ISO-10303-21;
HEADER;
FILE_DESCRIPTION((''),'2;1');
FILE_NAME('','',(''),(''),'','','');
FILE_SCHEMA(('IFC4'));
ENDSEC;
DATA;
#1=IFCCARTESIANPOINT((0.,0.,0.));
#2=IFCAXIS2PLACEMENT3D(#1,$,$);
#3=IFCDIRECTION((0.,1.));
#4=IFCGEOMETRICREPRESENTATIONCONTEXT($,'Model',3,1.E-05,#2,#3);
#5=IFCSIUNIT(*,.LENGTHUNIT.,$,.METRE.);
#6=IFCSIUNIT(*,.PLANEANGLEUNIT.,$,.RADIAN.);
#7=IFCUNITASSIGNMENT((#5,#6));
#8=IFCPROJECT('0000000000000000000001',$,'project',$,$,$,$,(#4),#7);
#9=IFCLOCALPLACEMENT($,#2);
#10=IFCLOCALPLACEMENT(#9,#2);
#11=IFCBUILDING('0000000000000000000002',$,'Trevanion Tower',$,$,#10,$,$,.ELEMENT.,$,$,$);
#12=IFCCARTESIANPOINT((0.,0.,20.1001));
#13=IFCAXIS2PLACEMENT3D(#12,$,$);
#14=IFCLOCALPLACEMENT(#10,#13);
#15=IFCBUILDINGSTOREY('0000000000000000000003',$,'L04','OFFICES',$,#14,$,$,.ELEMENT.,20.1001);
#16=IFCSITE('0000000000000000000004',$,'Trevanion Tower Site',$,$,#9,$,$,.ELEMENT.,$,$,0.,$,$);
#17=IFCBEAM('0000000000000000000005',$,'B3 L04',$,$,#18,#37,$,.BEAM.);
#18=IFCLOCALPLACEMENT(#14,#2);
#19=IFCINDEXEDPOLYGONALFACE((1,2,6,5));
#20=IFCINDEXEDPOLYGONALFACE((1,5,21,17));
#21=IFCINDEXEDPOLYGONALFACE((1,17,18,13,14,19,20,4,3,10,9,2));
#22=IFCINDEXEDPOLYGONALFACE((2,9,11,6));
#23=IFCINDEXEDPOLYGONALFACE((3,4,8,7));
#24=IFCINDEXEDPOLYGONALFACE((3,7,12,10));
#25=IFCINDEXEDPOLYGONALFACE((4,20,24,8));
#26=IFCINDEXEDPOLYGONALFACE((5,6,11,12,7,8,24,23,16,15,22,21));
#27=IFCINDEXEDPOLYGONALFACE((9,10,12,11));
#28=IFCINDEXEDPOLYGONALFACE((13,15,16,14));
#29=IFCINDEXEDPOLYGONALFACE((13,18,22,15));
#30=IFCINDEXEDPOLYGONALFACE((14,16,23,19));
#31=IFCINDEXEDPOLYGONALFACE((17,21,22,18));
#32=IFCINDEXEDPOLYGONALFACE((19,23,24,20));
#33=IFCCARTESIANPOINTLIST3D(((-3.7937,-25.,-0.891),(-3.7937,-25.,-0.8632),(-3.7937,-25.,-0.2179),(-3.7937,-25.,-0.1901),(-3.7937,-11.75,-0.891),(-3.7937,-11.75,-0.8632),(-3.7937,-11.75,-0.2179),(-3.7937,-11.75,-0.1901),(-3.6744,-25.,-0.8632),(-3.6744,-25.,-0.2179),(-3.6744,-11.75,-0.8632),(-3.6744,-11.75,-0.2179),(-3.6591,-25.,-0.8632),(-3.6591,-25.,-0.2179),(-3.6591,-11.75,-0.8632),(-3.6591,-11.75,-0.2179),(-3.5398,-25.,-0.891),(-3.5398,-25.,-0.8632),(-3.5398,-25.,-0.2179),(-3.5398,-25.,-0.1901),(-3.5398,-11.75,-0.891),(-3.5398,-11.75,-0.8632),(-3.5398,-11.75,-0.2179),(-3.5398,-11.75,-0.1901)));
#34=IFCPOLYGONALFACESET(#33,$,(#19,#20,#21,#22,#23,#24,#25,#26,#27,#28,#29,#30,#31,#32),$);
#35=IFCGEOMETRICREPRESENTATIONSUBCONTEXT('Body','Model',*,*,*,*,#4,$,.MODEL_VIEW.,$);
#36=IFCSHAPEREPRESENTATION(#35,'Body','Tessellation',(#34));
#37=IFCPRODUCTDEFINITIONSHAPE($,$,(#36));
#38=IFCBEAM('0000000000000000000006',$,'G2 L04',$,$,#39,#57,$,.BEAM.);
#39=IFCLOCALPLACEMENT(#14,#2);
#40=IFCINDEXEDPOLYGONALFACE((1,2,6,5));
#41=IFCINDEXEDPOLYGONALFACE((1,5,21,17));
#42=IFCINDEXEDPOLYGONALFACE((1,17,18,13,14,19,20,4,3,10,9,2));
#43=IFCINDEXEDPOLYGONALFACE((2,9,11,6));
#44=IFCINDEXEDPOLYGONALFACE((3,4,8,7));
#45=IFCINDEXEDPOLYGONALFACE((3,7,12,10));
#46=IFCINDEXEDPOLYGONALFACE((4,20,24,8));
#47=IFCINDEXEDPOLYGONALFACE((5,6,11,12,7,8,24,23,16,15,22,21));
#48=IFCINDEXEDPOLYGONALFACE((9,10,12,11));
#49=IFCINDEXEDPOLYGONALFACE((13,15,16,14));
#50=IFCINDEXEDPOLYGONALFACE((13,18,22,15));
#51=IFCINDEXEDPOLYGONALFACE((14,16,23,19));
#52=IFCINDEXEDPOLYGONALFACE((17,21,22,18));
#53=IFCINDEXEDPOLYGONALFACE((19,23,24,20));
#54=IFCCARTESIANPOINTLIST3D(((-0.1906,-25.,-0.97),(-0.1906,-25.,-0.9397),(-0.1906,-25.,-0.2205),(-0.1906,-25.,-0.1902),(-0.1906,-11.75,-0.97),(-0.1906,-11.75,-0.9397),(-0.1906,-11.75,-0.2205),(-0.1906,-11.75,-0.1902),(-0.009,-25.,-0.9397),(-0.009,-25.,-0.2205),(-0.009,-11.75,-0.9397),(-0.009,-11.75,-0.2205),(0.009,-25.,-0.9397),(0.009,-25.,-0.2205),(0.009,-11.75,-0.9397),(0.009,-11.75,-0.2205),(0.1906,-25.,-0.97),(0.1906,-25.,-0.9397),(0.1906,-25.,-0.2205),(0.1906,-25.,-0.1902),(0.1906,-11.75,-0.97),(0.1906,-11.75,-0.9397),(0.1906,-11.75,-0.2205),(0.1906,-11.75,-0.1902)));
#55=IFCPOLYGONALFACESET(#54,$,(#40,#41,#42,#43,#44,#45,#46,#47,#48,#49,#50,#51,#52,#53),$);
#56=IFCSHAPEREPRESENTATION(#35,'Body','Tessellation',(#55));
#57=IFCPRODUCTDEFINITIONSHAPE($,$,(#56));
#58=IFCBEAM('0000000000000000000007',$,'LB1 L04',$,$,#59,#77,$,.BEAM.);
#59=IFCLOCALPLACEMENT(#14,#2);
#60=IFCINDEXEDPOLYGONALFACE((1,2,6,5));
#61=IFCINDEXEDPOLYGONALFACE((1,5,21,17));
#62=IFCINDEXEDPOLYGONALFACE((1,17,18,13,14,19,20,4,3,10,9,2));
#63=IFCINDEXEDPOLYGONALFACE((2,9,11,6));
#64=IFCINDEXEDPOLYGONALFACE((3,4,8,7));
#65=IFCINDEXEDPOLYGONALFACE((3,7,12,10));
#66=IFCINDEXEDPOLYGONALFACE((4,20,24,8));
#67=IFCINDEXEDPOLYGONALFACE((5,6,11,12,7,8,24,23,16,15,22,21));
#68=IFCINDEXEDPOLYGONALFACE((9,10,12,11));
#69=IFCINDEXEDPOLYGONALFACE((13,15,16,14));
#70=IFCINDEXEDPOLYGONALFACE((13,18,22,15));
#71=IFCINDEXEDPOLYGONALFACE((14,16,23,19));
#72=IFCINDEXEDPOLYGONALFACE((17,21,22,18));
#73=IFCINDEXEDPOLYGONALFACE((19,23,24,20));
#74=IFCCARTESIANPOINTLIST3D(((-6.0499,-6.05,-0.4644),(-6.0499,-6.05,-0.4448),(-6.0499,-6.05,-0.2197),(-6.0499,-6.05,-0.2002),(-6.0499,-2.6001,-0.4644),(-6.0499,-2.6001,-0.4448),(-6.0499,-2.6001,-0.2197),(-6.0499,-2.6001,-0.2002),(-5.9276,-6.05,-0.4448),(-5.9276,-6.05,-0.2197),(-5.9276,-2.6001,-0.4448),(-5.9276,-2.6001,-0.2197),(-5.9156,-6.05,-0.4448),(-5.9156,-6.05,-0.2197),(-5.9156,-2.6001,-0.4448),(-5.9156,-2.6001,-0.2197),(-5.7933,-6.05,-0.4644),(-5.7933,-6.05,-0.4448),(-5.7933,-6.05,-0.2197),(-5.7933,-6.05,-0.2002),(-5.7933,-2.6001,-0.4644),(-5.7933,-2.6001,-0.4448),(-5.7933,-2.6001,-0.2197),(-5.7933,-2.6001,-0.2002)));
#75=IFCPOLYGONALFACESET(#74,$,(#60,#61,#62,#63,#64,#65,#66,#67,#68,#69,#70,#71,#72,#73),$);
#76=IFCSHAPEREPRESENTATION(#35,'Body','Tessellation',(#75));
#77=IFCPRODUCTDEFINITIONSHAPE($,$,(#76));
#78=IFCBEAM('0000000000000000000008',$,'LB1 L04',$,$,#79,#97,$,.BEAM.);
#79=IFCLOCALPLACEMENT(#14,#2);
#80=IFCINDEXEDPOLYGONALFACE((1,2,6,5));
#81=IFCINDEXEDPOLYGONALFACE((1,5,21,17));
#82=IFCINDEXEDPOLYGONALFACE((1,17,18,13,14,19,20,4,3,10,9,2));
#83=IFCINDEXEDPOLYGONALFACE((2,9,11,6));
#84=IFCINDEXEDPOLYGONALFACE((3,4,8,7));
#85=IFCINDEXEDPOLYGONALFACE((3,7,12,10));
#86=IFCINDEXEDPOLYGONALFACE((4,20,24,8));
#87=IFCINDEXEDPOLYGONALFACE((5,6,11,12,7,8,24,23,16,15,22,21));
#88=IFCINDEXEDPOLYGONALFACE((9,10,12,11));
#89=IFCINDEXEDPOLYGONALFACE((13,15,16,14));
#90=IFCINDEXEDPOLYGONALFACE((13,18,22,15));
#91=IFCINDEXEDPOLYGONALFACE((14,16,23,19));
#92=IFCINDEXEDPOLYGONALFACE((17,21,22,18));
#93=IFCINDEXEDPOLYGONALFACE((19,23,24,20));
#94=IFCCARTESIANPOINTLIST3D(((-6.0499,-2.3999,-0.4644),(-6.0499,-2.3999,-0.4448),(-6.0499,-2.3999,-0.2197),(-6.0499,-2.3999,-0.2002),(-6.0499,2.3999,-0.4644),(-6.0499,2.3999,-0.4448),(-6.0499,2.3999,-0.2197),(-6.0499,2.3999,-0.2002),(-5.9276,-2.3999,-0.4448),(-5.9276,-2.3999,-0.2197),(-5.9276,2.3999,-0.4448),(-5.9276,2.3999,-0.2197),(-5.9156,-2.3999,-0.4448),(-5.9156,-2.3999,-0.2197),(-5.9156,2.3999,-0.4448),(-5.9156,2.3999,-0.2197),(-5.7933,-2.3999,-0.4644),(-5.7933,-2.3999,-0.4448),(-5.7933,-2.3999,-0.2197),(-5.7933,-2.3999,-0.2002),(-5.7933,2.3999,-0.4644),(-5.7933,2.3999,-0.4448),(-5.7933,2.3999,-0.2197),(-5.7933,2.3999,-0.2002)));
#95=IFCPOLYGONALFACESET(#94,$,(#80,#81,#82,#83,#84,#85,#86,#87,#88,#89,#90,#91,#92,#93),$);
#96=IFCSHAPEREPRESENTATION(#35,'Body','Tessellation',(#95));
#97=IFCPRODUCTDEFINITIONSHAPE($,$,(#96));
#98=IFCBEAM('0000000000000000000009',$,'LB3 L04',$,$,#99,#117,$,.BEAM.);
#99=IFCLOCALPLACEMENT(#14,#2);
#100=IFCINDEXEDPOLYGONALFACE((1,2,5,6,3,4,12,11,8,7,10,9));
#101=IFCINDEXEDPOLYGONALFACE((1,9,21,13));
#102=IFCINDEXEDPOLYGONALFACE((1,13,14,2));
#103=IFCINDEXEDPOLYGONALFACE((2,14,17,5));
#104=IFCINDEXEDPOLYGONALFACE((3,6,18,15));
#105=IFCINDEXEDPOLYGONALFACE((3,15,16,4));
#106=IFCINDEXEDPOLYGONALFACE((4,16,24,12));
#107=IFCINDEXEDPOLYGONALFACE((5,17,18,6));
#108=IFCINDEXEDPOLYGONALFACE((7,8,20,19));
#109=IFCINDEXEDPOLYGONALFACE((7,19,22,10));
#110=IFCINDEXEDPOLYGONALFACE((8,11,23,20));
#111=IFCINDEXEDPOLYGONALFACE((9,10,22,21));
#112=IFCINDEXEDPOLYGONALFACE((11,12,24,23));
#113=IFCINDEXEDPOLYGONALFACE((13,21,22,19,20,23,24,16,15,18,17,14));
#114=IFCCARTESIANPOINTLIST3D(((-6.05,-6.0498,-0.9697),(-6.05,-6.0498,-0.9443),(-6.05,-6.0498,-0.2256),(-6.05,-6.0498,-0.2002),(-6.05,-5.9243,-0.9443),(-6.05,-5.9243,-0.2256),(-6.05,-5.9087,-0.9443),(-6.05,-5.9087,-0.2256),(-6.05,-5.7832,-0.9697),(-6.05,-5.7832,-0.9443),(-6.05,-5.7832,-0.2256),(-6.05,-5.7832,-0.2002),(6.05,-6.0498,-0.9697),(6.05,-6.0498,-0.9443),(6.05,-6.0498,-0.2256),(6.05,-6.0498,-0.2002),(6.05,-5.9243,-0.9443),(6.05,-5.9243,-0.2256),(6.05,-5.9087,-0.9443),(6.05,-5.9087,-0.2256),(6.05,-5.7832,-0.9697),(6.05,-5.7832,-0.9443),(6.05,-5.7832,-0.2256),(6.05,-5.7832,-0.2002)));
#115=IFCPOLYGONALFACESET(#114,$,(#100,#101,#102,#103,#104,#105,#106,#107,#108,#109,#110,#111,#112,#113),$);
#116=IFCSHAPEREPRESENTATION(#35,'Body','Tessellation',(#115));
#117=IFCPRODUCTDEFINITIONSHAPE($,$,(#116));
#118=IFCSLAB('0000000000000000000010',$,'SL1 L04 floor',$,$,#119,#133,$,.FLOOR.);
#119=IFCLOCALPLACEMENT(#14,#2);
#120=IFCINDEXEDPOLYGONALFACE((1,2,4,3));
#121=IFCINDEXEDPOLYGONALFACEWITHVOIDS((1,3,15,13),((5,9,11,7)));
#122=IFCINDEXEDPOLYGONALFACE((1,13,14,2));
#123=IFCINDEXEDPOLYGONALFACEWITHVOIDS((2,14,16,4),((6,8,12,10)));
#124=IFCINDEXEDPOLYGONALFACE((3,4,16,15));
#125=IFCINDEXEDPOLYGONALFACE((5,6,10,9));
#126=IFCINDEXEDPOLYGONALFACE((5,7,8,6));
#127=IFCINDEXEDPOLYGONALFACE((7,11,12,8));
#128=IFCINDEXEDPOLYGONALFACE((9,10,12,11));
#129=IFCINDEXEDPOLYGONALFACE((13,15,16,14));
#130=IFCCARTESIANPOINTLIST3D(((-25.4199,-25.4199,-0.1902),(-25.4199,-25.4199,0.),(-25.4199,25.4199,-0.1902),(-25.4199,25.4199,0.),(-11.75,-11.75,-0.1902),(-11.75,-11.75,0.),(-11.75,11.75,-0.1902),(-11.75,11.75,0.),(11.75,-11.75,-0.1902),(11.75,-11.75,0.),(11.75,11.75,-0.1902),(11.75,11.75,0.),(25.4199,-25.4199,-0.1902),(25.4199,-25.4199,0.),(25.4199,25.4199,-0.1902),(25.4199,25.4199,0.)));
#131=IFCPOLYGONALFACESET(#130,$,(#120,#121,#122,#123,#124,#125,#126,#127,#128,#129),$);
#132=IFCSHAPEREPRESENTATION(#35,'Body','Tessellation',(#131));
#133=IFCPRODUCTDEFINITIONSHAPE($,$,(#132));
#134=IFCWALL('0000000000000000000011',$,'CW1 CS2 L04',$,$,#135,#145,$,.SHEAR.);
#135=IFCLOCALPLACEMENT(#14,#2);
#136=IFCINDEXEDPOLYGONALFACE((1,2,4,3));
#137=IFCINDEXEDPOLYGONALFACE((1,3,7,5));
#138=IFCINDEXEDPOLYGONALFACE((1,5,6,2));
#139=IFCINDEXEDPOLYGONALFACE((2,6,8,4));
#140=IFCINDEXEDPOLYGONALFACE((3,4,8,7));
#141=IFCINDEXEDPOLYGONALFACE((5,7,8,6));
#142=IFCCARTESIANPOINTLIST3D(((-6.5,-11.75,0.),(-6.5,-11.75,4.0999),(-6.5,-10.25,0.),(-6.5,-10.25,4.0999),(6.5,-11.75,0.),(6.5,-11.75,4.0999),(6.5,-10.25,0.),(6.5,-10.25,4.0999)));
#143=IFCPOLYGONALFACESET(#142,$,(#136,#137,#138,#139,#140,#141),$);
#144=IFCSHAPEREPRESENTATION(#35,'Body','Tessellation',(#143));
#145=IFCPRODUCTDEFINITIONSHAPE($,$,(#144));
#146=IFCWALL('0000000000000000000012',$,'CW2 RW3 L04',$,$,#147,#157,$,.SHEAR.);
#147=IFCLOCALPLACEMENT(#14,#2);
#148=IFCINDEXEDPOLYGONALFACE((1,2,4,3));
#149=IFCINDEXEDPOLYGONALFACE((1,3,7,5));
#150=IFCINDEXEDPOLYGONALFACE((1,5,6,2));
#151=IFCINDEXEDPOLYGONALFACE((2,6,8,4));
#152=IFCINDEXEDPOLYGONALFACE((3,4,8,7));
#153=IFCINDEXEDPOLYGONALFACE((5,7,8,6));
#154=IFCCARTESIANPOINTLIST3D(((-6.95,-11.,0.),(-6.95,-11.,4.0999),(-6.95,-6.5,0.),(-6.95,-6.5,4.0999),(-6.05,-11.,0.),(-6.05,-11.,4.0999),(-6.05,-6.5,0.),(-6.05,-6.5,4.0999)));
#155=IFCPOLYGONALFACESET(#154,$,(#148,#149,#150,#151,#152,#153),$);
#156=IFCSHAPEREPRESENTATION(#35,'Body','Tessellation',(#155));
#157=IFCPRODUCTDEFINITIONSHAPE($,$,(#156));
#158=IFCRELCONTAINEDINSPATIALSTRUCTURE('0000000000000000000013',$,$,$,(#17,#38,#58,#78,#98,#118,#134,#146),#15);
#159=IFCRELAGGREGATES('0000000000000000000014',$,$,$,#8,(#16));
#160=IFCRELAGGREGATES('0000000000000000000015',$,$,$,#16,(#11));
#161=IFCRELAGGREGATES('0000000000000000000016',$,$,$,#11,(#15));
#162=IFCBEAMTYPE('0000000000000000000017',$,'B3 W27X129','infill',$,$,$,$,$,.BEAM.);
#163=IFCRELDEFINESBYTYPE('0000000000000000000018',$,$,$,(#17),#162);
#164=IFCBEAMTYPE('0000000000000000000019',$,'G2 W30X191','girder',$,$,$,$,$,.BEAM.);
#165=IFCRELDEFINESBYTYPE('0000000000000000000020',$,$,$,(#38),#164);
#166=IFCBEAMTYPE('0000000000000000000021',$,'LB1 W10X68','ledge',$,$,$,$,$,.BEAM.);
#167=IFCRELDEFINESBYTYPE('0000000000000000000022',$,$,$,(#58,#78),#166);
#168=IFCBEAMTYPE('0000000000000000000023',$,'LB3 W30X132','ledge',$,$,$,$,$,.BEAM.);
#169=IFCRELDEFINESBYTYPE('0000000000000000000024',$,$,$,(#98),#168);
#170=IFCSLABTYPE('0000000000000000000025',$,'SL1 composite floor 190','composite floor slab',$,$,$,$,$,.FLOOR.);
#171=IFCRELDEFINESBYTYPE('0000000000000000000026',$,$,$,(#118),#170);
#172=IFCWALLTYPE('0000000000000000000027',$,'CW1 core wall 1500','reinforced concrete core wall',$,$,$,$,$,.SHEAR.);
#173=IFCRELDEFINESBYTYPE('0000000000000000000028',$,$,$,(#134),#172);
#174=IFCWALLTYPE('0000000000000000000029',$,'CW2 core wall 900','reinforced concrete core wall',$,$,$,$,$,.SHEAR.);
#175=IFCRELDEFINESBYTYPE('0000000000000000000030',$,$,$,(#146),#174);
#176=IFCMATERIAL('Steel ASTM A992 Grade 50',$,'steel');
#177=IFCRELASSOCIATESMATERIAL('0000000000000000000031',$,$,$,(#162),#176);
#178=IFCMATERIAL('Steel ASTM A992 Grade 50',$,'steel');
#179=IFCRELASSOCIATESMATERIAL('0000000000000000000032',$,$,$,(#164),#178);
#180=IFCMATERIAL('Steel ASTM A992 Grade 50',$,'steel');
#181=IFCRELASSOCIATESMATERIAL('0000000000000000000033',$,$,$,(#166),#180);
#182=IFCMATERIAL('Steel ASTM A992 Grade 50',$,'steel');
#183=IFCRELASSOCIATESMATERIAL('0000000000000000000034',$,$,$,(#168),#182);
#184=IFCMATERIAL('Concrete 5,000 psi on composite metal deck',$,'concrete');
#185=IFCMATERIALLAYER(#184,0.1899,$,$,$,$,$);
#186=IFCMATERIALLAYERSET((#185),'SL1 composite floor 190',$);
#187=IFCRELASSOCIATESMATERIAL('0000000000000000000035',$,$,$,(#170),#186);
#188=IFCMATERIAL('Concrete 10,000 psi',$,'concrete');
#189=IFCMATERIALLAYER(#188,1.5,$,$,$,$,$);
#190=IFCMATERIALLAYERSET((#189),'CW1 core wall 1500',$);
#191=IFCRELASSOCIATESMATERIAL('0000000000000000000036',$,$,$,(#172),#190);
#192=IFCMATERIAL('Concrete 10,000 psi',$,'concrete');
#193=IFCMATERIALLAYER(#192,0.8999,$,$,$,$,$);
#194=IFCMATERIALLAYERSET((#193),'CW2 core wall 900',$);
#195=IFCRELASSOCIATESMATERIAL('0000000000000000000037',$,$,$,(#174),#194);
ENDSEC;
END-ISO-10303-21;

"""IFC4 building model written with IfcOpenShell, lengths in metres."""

from ifc_helpers import new_model, si_unit, direction, frame, frame_2d, origin, origin_2d, place, context, subcontext, project, spatial, polyline, rectangle, i_section, outline, extrude, material, layer, layer_set, material_profile, profile_set, type_object, element, save


model = new_model("IFC4")

# Units and contexts
model_context = context("Model", 3, precision=1e-05, world=origin(), true_north=direction((0.0, 1.0)))
body_context = subcontext(model_context, "Body", "Model", "MODEL_VIEW")
ifc_project = project(units=[si_unit("LENGTHUNIT", "METRE"), si_unit("PLANEANGLEUNIT", "RADIAN")], contexts=[model_context])

# Site, building, storey
site_placement = place(None, origin())
site = spatial("IfcSite", under=ifc_project, at=site_placement, Name="Trevanion Tower Site", CompositionType="ELEMENT", RefElevation=0.0)
building_placement = place(site_placement, origin())
building = spatial("IfcBuilding", under=site, at=building_placement, Name="Trevanion Tower", CompositionType="ELEMENT")
storey_placement = place(building_placement, frame((0.0, 0.0, 20.1001)))
storey = spatial("IfcBuildingStorey", under=building, at=storey_placement, Name="L04", Description="OFFICES", CompositionType="ELEMENT", Elevation=20.1001)

# Beams
ifc_material_1 = material(Name="Steel ASTM A992 Grade 50", Category="steel")
ifc_material_profile_1 = material_profile(ifc_material_1, i_section(OverallWidth=0.2539, OverallDepth=0.7009, WebThickness=0.0154, FlangeThickness=0.0278, at=origin_2d()), Name="W27X129")
ifc_profile_set_1 = profile_set([ifc_material_profile_1], Name="Steel ASTM A992 Grade 50")
beam_type_1 = type_object("IfcBeamType", Name="B3 W27X129", Description="infill", PredefinedType="BEAM", material=ifc_profile_set_1)
beam_1_placement = place(storey_placement, frame((-3.6667, -11.75, -0.5405), z_axis=(0.0, -1.0, 0.0), x_axis=(1.0, 0.0, 0.0)))
element("IfcBeam", 1, at=beam_1_placement, inside=storey, type_object=beam_type_1, Name="B3 L04", PredefinedType="BEAM", context=body_context, shape_type="SweptSolid", body=[
    extrude(i_section(OverallWidth=0.2539, OverallDepth=0.7009, WebThickness=0.0154, FlangeThickness=0.0278, at=origin_2d()), origin(), (0.0, 0.0, 1.0), 13.25),
])
ifc_material_2 = material(Name="Steel ASTM A992 Grade 50", Category="steel")
ifc_material_profile_2 = material_profile(ifc_material_2, i_section(OverallWidth=0.3811, OverallDepth=0.7798, WebThickness=0.0181, FlangeThickness=0.0303, at=origin_2d()), Name="W30X191")
ifc_profile_set_2 = profile_set([ifc_material_profile_2], Name="Steel ASTM A992 Grade 50")
beam_type_2 = type_object("IfcBeamType", Name="G2 W30X191", Description="girder", PredefinedType="BEAM", material=ifc_profile_set_2)
beam_2_placement = place(storey_placement, frame((0.0, -11.75, -0.5801), z_axis=(0.0, -1.0, 0.0), x_axis=(1.0, 0.0, 0.0)))
element("IfcBeam", 2, at=beam_2_placement, inside=storey, type_object=beam_type_2, Name="G2 L04", PredefinedType="BEAM", context=body_context, shape_type="SweptSolid", body=[
    extrude(i_section(OverallWidth=0.3811, OverallDepth=0.7798, WebThickness=0.0181, FlangeThickness=0.0303, at=origin_2d()), origin(), (0.0, 0.0, 1.0), 13.25),
])
ifc_material_3 = material(Name="Steel ASTM A992 Grade 50", Category="steel")
ifc_material_profile_3 = material_profile(ifc_material_3, i_section(OverallWidth=0.2566, OverallDepth=0.2642, WebThickness=0.012, FlangeThickness=0.0195, at=origin_2d()), Name="W10X68")
ifc_profile_set_3 = profile_set([ifc_material_profile_3], Name="Steel ASTM A992 Grade 50")
beam_type_3 = type_object("IfcBeamType", Name="LB1 W10X68", Description="ledge", PredefinedType="BEAM", material=ifc_profile_set_3)
beam_3_placement = place(storey_placement, frame((-5.9216, -6.05, -0.3323), z_axis=(0.0, 1.0, 0.0), x_axis=(-1.0, 0.0, 0.0)))
element("IfcBeam", 3, at=beam_3_placement, inside=storey, type_object=beam_type_3, Name="LB1 L04", PredefinedType="BEAM", context=body_context, shape_type="SweptSolid", body=[
    extrude(i_section(OverallWidth=0.2566, OverallDepth=0.2642, WebThickness=0.012, FlangeThickness=0.0195, at=origin_2d()), origin(), (0.0, 0.0, 1.0), 3.45),
])
beam_4_placement = place(storey_placement, frame((-5.9216, -2.3999, -0.3323), z_axis=(0.0, 1.0, 0.0), x_axis=(-1.0, 0.0, 0.0)))
element("IfcBeam", 4, at=beam_4_placement, inside=storey, type_object=beam_type_3, Name="LB1 L04", PredefinedType="BEAM", context=body_context, shape_type="SweptSolid", body=[
    extrude(i_section(OverallWidth=0.2566, OverallDepth=0.2642, WebThickness=0.012, FlangeThickness=0.0195, at=origin_2d()), origin(), (0.0, 0.0, 1.0), 4.7998),
])
ifc_material_4 = material(Name="Steel ASTM A992 Grade 50", Category="steel")
ifc_material_profile_4 = material_profile(ifc_material_4, i_section(OverallWidth=0.2666, OverallDepth=0.7695, WebThickness=0.0156, FlangeThickness=0.0254, at=origin_2d()), Name="W30X132")
ifc_profile_set_4 = profile_set([ifc_material_profile_4], Name="Steel ASTM A992 Grade 50")
beam_type_4 = type_object("IfcBeamType", Name="LB3 W30X132", Description="ledge", PredefinedType="BEAM", material=ifc_profile_set_4)
beam_5_placement = place(storey_placement, frame((-6.05, -5.9165, -0.585), z_axis=(1.0, 0.0, 0.0), x_axis=(0.0, 1.0, 0.0)))
element("IfcBeam", 5, at=beam_5_placement, inside=storey, type_object=beam_type_4, Name="LB3 L04", PredefinedType="BEAM", context=body_context, shape_type="SweptSolid", body=[
    extrude(i_section(OverallWidth=0.2666, OverallDepth=0.7695, WebThickness=0.0156, FlangeThickness=0.0254, at=origin_2d()), origin(), (0.0, 0.0, 1.0), 12.1001),
])

# Slab
ifc_material_5 = material(Name="Concrete 5,000 psi on composite metal deck", Category="concrete")
ifc_layer_1 = layer(ifc_material_5, 0.1899)
ifc_layer_set_1 = layer_set([ifc_layer_1], Name="SL1 composite floor 190")
slab_type = type_object("IfcSlabType", Name="SL1 composite floor 190", Description="composite floor slab", PredefinedType="FLOOR", material=ifc_layer_set_1)
slab_placement = place(storey_placement, frame((0.0, 0.0, -0.1902)))
element("IfcSlab", 6, at=slab_placement, inside=storey, type_object=slab_type, Name="SL1 L04 floor", PredefinedType="FLOOR", context=body_context, shape_type="SweptSolid", body=[
    extrude(outline(polyline([(25.4199, -25.4199), (25.4199, 25.4199), (-25.4199, 25.4199), (-25.4199, -25.4199), (25.4199, -25.4199)]), holes=[polyline([(11.75, -11.75), (11.75, 11.75), (-11.75, 11.75), (-11.75, -11.75), (11.75, -11.75)])]), origin(), (0.0, 0.0, 1.0), 0.1902),
])

# Walls
ifc_material_6 = material(Name="Concrete 10,000 psi", Category="concrete")
ifc_layer_2 = layer(ifc_material_6, 1.5)
ifc_layer_set_2 = layer_set([ifc_layer_2], Name="CW1 core wall 1500")
wall_type_1 = type_object("IfcWallType", Name="CW1 core wall 1500", Description="reinforced concrete core wall", PredefinedType="SHEAR", material=ifc_layer_set_2)
wall_1_placement = place(storey_placement, frame((-6.5, -11.0, 0.0), z_axis=(0.0, 0.0, 1.0), x_axis=(1.0, 0.0, 0.0)))
element("IfcWall", 7, at=wall_1_placement, inside=storey, type_object=wall_type_1, Name="CW1 CS2 L04", PredefinedType="SHEAR", context=body_context, shape_type="SweptSolid", body=[
    extrude(rectangle(XDim=13.0, YDim=1.5, at=frame_2d((6.5, 0.0))), origin(), (0.0, 0.0, 1.0), 4.0999),
])
ifc_material_7 = material(Name="Concrete 10,000 psi", Category="concrete")
ifc_layer_3 = layer(ifc_material_7, 0.8999)
ifc_layer_set_3 = layer_set([ifc_layer_3], Name="CW2 core wall 900")
wall_type_2 = type_object("IfcWallType", Name="CW2 core wall 900", Description="reinforced concrete core wall", PredefinedType="SHEAR", material=ifc_layer_set_3)
wall_2_placement = place(storey_placement, frame((-6.5, -6.5, 0.0), z_axis=(0.0, 0.0, 1.0), x_axis=(0.0, -1.0, 0.0)))
element("IfcWall", 8, at=wall_2_placement, inside=storey, type_object=wall_type_2, Name="CW2 RW3 L04", PredefinedType="SHEAR", context=body_context, shape_type="SweptSolid", body=[
    extrude(rectangle(XDim=4.5, YDim=0.8999, at=frame_2d((2.25, 0.0))), origin(), (0.0, 0.0, 1.0), 4.0999),
])

save(model, "model.ifc")
